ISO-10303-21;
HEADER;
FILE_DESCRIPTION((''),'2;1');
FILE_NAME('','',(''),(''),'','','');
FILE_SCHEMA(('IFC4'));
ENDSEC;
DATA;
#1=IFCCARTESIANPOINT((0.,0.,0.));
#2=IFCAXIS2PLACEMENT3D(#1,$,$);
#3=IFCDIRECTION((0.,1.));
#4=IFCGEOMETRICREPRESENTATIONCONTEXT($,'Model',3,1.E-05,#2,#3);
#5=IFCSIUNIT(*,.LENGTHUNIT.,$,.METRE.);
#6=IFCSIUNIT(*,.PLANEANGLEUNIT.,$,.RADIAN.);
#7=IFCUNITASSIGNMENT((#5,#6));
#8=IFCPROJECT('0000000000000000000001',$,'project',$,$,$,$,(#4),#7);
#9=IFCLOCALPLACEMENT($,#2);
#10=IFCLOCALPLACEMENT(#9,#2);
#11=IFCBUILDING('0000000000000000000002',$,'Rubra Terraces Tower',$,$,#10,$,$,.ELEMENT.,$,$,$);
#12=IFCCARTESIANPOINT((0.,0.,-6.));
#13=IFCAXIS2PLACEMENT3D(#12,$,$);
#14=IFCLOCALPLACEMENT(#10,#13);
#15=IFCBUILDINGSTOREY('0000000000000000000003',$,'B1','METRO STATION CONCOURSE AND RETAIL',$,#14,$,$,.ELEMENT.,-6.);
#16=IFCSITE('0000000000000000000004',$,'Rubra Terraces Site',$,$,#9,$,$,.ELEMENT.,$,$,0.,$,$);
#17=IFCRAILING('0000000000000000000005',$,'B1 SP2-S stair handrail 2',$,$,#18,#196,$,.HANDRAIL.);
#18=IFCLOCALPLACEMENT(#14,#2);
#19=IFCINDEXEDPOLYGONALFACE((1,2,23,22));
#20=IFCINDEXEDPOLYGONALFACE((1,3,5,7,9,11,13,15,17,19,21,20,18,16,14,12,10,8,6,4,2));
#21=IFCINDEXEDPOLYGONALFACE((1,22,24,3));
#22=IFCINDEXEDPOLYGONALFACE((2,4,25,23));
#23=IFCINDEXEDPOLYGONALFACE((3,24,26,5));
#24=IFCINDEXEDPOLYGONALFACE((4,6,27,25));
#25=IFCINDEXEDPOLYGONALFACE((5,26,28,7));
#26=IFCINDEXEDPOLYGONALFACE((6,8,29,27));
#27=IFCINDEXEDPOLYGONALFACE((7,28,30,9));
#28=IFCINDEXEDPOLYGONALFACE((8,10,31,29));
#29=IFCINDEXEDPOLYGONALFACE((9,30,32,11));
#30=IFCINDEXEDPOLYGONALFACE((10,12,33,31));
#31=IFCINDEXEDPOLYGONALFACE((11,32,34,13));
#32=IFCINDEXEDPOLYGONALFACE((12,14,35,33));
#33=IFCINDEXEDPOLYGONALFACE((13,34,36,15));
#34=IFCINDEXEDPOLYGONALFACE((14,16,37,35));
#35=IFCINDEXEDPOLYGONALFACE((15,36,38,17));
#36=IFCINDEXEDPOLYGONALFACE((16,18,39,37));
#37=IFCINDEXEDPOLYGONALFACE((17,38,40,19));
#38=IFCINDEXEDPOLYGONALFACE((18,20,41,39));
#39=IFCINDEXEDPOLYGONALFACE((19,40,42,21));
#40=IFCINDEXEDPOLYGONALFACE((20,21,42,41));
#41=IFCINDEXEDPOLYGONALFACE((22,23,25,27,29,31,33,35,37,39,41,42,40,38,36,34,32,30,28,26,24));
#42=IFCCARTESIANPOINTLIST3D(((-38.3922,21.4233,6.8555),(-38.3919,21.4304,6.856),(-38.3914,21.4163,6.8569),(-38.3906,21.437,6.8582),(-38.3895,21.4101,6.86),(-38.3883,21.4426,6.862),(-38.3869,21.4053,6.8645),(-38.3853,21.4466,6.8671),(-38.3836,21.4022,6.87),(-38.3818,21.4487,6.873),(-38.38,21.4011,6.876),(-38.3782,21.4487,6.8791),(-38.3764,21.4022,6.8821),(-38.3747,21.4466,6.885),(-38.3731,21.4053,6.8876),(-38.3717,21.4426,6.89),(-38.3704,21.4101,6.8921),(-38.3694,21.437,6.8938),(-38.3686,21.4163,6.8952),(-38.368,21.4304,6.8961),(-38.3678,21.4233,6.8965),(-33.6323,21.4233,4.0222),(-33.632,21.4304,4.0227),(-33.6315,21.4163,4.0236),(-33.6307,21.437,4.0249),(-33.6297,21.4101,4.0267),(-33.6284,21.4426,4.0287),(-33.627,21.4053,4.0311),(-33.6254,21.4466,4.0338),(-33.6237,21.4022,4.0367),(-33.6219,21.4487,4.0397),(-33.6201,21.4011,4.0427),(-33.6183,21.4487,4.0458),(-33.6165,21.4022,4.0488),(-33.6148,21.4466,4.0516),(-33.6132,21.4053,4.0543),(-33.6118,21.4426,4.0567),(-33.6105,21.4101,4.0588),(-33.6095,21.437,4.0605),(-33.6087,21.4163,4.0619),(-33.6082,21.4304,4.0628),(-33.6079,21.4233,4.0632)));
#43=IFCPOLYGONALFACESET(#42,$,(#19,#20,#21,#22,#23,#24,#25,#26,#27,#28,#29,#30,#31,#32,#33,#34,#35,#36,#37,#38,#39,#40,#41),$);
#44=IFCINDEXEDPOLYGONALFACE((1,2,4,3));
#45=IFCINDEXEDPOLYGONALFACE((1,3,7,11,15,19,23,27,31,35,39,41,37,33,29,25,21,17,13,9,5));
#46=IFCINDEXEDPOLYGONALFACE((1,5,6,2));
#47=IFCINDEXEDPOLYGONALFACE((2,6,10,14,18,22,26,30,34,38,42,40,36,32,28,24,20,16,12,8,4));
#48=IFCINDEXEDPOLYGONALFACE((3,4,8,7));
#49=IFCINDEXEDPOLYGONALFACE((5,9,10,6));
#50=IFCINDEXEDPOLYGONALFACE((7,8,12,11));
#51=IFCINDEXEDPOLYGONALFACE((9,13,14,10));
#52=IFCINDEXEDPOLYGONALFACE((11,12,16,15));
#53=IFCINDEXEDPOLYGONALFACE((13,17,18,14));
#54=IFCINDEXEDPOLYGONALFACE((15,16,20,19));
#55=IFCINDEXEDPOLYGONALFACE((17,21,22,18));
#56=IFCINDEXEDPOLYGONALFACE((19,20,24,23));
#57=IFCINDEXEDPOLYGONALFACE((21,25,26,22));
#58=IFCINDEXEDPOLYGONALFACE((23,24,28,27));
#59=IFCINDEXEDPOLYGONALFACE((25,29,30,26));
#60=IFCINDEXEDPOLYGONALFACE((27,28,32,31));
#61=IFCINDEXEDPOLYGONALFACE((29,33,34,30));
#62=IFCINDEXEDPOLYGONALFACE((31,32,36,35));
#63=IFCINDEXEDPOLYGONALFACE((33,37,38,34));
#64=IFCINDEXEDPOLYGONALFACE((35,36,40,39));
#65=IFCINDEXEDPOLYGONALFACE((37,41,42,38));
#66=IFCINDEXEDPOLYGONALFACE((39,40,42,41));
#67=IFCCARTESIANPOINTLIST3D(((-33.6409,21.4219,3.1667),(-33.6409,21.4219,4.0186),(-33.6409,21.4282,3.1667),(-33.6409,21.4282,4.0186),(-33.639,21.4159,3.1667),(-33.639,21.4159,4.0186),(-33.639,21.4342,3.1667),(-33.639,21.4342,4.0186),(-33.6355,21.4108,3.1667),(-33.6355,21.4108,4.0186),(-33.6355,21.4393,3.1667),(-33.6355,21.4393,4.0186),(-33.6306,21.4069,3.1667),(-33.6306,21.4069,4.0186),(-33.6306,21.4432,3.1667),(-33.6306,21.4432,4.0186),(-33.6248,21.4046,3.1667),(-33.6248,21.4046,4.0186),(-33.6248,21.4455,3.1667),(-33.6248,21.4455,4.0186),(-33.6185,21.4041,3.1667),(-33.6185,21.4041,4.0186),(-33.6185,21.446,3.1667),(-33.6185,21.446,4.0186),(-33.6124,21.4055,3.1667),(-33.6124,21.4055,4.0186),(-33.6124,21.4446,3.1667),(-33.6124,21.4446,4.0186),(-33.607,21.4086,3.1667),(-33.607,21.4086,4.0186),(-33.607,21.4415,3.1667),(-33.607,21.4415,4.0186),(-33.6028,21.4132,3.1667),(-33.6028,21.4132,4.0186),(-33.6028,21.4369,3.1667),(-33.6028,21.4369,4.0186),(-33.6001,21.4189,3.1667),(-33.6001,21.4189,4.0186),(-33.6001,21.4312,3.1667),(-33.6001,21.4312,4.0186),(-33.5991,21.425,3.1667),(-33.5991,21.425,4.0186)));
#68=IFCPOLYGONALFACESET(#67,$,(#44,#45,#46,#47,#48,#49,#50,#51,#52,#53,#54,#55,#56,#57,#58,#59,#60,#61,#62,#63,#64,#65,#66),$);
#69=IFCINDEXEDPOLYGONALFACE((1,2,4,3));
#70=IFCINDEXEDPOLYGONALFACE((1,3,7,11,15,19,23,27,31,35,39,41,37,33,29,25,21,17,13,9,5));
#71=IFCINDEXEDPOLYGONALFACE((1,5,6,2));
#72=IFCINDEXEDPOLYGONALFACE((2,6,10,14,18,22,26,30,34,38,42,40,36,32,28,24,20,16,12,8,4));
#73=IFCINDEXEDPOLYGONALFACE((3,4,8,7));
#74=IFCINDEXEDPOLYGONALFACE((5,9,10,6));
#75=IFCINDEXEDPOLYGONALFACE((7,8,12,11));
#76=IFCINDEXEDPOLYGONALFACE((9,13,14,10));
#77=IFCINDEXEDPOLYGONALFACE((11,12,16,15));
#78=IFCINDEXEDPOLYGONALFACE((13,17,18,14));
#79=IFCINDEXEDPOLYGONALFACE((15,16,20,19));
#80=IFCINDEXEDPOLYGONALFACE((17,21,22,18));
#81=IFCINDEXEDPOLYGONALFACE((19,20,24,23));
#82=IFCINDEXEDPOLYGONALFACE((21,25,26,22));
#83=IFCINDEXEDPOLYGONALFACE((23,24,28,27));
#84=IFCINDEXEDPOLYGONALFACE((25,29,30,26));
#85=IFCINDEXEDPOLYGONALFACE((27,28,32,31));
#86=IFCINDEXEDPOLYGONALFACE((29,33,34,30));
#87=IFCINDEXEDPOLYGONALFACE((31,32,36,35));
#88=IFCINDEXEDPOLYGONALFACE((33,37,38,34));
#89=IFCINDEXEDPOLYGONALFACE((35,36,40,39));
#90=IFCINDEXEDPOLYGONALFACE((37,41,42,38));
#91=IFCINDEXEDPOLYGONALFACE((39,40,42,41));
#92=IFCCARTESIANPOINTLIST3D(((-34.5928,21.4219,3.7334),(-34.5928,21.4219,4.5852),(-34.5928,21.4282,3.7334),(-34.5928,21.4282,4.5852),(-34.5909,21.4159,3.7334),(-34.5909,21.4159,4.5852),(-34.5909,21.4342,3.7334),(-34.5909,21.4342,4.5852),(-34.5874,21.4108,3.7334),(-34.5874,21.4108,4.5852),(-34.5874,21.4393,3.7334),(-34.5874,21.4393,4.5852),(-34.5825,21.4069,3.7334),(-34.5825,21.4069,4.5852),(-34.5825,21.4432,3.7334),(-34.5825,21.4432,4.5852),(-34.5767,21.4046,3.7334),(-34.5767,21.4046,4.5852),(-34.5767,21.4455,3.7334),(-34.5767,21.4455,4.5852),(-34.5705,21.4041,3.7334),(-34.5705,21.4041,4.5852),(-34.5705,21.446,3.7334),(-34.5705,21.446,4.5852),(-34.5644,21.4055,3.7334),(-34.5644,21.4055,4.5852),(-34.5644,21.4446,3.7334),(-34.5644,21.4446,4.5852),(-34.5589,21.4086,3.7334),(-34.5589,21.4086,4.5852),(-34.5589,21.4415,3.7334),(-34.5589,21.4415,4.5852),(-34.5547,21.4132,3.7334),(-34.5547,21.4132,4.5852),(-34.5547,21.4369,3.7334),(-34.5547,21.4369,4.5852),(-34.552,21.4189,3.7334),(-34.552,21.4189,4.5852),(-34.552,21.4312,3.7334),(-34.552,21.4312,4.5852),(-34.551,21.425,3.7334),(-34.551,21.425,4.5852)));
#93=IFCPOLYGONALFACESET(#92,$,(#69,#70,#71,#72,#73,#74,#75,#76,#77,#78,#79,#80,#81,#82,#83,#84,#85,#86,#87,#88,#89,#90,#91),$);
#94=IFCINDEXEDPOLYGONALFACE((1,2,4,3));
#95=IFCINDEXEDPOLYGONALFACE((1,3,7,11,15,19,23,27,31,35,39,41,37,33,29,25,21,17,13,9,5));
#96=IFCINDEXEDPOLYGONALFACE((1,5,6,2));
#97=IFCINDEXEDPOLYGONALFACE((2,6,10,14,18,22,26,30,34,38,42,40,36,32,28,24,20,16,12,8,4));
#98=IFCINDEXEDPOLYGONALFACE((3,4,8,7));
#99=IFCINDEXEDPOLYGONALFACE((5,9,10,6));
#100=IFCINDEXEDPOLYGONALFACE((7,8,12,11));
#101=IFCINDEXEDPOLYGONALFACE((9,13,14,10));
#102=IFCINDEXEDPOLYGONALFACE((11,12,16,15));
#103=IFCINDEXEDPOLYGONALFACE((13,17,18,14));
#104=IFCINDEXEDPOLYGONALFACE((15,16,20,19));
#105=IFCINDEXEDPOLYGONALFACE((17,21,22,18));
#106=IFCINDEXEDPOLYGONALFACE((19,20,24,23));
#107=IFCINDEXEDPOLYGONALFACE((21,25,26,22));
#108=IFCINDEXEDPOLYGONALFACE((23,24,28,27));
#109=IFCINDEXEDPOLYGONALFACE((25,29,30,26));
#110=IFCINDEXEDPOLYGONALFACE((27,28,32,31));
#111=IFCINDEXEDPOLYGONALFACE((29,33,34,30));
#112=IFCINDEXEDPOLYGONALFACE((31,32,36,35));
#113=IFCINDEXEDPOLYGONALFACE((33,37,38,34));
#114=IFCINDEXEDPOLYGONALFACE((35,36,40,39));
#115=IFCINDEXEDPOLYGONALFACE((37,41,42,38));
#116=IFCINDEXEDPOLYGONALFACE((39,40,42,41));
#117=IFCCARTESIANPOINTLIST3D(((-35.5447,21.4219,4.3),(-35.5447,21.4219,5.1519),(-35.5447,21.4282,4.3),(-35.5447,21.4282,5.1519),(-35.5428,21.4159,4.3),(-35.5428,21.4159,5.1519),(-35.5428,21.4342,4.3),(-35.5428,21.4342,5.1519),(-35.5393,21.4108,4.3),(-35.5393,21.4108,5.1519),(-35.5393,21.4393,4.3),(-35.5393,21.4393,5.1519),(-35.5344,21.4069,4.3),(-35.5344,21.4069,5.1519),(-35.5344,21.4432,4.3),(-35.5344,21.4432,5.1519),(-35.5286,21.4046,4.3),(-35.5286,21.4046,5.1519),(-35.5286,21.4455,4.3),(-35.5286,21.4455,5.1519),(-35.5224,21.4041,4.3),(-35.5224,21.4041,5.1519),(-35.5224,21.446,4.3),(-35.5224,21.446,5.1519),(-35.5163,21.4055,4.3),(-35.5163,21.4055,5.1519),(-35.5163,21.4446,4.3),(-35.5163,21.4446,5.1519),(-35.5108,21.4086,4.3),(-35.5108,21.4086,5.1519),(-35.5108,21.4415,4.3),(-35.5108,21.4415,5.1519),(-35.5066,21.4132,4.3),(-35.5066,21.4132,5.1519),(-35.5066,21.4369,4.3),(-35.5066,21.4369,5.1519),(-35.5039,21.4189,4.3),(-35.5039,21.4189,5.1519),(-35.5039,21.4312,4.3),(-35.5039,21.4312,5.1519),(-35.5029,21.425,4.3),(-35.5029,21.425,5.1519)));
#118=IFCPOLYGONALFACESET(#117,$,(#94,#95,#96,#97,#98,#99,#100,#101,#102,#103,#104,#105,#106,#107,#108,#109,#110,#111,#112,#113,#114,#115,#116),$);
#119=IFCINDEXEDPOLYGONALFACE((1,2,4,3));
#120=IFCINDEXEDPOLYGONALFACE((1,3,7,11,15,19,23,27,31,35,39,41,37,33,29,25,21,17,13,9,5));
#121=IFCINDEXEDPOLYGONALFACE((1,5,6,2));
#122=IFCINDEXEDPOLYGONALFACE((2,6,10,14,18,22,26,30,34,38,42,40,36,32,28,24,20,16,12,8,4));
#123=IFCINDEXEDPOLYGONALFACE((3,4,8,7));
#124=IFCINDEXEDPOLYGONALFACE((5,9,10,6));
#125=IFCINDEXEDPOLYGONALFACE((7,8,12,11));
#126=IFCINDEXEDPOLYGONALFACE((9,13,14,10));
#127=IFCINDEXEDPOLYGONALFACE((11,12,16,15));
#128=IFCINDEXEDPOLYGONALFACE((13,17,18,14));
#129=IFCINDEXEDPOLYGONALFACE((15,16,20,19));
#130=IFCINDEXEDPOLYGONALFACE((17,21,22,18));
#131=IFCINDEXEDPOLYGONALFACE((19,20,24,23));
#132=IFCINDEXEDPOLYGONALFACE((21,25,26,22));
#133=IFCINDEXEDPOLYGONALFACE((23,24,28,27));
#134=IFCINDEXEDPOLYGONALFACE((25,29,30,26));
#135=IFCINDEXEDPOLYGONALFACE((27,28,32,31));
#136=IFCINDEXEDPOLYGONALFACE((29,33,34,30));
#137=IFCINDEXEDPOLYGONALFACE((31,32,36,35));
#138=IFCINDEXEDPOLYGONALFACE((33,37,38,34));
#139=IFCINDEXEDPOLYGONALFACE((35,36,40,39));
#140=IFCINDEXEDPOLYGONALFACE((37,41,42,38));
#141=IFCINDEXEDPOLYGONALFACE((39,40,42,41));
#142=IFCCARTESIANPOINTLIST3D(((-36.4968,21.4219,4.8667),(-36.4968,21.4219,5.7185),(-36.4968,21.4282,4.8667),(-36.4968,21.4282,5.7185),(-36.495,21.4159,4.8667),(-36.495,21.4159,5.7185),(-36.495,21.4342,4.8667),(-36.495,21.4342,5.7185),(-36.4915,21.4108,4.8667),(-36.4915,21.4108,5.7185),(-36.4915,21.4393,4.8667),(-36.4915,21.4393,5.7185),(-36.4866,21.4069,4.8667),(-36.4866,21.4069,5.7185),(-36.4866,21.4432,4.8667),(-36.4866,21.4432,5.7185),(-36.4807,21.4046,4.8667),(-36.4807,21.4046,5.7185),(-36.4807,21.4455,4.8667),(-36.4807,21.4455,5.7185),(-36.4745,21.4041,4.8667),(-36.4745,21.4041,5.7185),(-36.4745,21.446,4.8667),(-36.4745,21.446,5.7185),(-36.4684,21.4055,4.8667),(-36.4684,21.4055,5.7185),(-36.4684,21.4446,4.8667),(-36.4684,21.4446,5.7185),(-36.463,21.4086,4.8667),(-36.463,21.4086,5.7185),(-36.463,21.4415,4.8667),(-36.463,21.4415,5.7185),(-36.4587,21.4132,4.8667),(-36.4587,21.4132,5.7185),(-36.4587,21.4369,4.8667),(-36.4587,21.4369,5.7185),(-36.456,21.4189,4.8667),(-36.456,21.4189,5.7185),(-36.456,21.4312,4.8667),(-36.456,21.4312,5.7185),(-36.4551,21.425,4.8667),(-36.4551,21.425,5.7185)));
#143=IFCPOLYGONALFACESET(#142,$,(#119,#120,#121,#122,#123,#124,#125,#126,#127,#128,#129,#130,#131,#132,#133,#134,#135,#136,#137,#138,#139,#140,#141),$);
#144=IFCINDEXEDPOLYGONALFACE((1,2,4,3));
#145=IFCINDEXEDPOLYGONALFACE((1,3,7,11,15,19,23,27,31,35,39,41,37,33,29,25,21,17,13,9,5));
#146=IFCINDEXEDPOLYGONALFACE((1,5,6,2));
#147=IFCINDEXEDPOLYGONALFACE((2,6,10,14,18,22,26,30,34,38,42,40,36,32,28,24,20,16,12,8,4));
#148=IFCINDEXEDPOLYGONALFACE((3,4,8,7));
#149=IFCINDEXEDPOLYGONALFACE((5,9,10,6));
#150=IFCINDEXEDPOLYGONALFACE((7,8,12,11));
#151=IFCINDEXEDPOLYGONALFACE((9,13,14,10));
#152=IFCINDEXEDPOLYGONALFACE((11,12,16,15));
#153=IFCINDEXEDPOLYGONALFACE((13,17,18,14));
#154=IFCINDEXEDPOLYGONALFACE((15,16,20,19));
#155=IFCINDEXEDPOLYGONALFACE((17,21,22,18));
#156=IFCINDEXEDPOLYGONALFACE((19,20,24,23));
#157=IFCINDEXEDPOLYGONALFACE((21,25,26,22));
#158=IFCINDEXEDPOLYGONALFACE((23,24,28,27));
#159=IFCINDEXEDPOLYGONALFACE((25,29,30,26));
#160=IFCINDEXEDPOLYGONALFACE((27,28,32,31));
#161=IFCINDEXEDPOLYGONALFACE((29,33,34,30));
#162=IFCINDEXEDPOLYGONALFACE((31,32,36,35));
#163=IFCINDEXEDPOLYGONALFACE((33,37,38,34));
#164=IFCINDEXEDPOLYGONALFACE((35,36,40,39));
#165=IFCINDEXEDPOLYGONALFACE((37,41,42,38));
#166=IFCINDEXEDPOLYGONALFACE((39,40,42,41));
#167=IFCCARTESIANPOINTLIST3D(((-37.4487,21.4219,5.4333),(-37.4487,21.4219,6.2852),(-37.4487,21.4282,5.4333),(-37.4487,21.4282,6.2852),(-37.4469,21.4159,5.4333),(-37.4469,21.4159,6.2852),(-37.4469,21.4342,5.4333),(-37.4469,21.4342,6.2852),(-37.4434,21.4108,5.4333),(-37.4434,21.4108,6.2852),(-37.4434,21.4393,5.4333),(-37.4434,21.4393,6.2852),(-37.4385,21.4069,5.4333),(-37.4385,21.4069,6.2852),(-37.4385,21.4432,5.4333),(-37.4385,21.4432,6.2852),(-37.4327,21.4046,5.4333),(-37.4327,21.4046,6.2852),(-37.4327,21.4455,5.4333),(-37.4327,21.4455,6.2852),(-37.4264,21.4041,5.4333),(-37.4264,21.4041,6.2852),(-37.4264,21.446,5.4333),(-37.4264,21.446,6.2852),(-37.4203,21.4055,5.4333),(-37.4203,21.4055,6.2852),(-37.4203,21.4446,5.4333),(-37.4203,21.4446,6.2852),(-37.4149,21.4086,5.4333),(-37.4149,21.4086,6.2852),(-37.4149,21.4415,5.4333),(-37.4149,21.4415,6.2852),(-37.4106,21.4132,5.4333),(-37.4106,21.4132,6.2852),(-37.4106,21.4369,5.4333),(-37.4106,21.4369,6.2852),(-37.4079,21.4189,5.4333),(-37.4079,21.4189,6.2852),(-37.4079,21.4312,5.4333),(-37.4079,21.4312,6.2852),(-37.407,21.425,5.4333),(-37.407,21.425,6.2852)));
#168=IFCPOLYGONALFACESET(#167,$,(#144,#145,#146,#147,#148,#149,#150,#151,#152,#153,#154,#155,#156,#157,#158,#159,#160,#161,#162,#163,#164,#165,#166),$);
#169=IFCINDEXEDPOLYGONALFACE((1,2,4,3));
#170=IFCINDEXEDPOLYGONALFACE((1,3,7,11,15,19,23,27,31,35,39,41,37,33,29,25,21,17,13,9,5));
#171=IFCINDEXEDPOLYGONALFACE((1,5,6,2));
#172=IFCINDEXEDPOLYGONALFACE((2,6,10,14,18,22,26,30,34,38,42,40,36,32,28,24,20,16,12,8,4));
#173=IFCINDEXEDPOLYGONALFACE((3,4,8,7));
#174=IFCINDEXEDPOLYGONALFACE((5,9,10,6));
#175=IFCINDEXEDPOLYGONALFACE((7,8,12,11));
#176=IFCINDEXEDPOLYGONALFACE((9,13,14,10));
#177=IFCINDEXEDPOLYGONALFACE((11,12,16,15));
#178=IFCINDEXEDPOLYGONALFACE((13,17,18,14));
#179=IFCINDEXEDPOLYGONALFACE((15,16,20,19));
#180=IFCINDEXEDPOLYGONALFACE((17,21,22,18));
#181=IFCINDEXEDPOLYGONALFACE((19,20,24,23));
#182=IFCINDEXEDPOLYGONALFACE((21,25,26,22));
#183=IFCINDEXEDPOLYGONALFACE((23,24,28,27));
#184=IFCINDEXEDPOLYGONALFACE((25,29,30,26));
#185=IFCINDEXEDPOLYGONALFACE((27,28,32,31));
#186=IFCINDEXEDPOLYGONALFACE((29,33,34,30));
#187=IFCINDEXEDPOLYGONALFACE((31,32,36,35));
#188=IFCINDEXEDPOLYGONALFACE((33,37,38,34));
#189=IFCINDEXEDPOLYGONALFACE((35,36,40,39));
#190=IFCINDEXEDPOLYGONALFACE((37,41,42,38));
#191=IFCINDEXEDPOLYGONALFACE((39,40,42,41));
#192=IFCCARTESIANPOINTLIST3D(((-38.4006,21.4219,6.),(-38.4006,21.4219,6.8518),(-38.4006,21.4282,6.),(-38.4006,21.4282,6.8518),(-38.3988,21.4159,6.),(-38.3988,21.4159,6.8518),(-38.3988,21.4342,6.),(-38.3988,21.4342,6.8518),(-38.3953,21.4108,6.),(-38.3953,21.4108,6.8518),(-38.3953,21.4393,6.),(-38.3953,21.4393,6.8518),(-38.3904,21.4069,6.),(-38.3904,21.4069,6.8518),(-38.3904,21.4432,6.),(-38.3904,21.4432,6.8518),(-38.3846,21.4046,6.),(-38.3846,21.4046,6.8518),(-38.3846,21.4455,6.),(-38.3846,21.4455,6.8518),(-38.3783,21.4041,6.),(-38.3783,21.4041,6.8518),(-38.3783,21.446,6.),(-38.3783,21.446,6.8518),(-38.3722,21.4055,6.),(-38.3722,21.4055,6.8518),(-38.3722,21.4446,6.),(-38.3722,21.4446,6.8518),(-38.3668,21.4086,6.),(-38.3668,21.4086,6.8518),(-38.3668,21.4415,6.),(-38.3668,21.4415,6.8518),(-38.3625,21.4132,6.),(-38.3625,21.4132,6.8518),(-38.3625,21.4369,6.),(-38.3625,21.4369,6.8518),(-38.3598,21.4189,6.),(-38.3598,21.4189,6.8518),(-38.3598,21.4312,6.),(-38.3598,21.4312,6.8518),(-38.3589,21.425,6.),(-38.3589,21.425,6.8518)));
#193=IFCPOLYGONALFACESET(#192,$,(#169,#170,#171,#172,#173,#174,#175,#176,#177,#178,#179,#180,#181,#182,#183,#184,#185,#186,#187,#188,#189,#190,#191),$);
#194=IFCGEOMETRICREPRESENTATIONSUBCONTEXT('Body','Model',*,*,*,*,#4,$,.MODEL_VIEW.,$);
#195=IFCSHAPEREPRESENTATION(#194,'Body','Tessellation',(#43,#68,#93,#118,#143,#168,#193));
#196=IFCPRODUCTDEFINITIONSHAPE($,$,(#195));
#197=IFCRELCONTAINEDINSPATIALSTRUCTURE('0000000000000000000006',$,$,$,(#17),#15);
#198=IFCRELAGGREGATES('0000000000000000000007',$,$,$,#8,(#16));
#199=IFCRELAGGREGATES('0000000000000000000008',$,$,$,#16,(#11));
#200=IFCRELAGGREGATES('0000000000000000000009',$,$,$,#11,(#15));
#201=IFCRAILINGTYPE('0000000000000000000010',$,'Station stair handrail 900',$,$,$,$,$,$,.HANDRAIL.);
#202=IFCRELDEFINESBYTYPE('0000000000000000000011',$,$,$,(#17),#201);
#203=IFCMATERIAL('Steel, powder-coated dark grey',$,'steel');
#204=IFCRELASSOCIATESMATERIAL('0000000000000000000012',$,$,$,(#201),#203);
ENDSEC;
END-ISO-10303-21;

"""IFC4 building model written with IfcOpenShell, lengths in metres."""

from ifc_helpers import new_model, si_unit, direction, frame, origin, origin_2d, place, context, subcontext, project, spatial, circle, extrude, material, type_object, element, save


model = new_model("IFC4")

# Units and contexts
model_context = context("Model", 3, precision=1e-05, world=origin(), true_north=direction((0.0, 1.0)))
body_context = subcontext(model_context, "Body", "Model", "MODEL_VIEW")
ifc_project = project(units=[si_unit("LENGTHUNIT", "METRE"), si_unit("PLANEANGLEUNIT", "RADIAN")], contexts=[model_context])

# Site, building, storey
site_placement = place(None, origin())
site = spatial("IfcSite", under=ifc_project, at=site_placement, Name="Rubra Terraces Site", CompositionType="ELEMENT", RefElevation=0.0)
building_placement = place(site_placement, origin())
building = spatial("IfcBuilding", under=site, at=building_placement, Name="Rubra Terraces Tower", CompositionType="ELEMENT")
storey_placement = place(building_placement, frame((0.0, 0.0, -6.0)))
storey = spatial("IfcBuildingStorey", under=building, at=storey_placement, Name="B1", Description="METRO STATION CONCOURSE AND RETAIL", CompositionType="ELEMENT", Elevation=-6.0)

# Railing
ifc_material_1 = material(Name="Steel, powder-coated dark grey", Category="steel")
railing_type_1 = type_object("IfcRailingType", Name="Station stair handrail 900", PredefinedType="HANDRAIL", material=ifc_material_1)
railing_1_placement = place(storey_placement, frame((-33.6201, 21.425, 3.1667)))
element("IfcRailing", 1, at=railing_1_placement, inside=storey, type_object=railing_type_1, Name="B1 SP2-S stair handrail 2", PredefinedType="HANDRAIL", context=body_context, shape_type="SweptSolid", body=[
    extrude(circle(Radius=0.0239, at=origin_2d()), frame((0.0, 0.0, 0.876), z_axis=(-0.859288, 0.0, 0.511492), x_axis=(0.0, -1.0, 0.0)), (0.0, 0.0, 1.0), 5.5393),
    extrude(circle(Radius=0.021, at=origin_2d()), origin(), (0.0, 0.0, 1.0), 0.8518),
    extrude(circle(Radius=0.021, at=origin_2d()), frame((-0.9519, 0.0, 0.5667)), (0.0, 0.0, 1.0), 0.8518),
    extrude(circle(Radius=0.021, at=origin_2d()), frame((-1.9038, 0.0, 1.1333)), (0.0, 0.0, 1.0), 0.8518),
    extrude(circle(Radius=0.021, at=origin_2d()), frame((-2.856, 0.0, 1.7)), (0.0, 0.0, 1.0), 0.8518),
    extrude(circle(Radius=0.021, at=origin_2d()), frame((-3.8079, 0.0, 2.2666)), (0.0, 0.0, 1.0), 0.8518),
    extrude(circle(Radius=0.021, at=origin_2d()), frame((-4.7598, 0.0, 2.8333)), (0.0, 0.0, 1.0), 0.8518),
])

save(model, "model.ifc")
